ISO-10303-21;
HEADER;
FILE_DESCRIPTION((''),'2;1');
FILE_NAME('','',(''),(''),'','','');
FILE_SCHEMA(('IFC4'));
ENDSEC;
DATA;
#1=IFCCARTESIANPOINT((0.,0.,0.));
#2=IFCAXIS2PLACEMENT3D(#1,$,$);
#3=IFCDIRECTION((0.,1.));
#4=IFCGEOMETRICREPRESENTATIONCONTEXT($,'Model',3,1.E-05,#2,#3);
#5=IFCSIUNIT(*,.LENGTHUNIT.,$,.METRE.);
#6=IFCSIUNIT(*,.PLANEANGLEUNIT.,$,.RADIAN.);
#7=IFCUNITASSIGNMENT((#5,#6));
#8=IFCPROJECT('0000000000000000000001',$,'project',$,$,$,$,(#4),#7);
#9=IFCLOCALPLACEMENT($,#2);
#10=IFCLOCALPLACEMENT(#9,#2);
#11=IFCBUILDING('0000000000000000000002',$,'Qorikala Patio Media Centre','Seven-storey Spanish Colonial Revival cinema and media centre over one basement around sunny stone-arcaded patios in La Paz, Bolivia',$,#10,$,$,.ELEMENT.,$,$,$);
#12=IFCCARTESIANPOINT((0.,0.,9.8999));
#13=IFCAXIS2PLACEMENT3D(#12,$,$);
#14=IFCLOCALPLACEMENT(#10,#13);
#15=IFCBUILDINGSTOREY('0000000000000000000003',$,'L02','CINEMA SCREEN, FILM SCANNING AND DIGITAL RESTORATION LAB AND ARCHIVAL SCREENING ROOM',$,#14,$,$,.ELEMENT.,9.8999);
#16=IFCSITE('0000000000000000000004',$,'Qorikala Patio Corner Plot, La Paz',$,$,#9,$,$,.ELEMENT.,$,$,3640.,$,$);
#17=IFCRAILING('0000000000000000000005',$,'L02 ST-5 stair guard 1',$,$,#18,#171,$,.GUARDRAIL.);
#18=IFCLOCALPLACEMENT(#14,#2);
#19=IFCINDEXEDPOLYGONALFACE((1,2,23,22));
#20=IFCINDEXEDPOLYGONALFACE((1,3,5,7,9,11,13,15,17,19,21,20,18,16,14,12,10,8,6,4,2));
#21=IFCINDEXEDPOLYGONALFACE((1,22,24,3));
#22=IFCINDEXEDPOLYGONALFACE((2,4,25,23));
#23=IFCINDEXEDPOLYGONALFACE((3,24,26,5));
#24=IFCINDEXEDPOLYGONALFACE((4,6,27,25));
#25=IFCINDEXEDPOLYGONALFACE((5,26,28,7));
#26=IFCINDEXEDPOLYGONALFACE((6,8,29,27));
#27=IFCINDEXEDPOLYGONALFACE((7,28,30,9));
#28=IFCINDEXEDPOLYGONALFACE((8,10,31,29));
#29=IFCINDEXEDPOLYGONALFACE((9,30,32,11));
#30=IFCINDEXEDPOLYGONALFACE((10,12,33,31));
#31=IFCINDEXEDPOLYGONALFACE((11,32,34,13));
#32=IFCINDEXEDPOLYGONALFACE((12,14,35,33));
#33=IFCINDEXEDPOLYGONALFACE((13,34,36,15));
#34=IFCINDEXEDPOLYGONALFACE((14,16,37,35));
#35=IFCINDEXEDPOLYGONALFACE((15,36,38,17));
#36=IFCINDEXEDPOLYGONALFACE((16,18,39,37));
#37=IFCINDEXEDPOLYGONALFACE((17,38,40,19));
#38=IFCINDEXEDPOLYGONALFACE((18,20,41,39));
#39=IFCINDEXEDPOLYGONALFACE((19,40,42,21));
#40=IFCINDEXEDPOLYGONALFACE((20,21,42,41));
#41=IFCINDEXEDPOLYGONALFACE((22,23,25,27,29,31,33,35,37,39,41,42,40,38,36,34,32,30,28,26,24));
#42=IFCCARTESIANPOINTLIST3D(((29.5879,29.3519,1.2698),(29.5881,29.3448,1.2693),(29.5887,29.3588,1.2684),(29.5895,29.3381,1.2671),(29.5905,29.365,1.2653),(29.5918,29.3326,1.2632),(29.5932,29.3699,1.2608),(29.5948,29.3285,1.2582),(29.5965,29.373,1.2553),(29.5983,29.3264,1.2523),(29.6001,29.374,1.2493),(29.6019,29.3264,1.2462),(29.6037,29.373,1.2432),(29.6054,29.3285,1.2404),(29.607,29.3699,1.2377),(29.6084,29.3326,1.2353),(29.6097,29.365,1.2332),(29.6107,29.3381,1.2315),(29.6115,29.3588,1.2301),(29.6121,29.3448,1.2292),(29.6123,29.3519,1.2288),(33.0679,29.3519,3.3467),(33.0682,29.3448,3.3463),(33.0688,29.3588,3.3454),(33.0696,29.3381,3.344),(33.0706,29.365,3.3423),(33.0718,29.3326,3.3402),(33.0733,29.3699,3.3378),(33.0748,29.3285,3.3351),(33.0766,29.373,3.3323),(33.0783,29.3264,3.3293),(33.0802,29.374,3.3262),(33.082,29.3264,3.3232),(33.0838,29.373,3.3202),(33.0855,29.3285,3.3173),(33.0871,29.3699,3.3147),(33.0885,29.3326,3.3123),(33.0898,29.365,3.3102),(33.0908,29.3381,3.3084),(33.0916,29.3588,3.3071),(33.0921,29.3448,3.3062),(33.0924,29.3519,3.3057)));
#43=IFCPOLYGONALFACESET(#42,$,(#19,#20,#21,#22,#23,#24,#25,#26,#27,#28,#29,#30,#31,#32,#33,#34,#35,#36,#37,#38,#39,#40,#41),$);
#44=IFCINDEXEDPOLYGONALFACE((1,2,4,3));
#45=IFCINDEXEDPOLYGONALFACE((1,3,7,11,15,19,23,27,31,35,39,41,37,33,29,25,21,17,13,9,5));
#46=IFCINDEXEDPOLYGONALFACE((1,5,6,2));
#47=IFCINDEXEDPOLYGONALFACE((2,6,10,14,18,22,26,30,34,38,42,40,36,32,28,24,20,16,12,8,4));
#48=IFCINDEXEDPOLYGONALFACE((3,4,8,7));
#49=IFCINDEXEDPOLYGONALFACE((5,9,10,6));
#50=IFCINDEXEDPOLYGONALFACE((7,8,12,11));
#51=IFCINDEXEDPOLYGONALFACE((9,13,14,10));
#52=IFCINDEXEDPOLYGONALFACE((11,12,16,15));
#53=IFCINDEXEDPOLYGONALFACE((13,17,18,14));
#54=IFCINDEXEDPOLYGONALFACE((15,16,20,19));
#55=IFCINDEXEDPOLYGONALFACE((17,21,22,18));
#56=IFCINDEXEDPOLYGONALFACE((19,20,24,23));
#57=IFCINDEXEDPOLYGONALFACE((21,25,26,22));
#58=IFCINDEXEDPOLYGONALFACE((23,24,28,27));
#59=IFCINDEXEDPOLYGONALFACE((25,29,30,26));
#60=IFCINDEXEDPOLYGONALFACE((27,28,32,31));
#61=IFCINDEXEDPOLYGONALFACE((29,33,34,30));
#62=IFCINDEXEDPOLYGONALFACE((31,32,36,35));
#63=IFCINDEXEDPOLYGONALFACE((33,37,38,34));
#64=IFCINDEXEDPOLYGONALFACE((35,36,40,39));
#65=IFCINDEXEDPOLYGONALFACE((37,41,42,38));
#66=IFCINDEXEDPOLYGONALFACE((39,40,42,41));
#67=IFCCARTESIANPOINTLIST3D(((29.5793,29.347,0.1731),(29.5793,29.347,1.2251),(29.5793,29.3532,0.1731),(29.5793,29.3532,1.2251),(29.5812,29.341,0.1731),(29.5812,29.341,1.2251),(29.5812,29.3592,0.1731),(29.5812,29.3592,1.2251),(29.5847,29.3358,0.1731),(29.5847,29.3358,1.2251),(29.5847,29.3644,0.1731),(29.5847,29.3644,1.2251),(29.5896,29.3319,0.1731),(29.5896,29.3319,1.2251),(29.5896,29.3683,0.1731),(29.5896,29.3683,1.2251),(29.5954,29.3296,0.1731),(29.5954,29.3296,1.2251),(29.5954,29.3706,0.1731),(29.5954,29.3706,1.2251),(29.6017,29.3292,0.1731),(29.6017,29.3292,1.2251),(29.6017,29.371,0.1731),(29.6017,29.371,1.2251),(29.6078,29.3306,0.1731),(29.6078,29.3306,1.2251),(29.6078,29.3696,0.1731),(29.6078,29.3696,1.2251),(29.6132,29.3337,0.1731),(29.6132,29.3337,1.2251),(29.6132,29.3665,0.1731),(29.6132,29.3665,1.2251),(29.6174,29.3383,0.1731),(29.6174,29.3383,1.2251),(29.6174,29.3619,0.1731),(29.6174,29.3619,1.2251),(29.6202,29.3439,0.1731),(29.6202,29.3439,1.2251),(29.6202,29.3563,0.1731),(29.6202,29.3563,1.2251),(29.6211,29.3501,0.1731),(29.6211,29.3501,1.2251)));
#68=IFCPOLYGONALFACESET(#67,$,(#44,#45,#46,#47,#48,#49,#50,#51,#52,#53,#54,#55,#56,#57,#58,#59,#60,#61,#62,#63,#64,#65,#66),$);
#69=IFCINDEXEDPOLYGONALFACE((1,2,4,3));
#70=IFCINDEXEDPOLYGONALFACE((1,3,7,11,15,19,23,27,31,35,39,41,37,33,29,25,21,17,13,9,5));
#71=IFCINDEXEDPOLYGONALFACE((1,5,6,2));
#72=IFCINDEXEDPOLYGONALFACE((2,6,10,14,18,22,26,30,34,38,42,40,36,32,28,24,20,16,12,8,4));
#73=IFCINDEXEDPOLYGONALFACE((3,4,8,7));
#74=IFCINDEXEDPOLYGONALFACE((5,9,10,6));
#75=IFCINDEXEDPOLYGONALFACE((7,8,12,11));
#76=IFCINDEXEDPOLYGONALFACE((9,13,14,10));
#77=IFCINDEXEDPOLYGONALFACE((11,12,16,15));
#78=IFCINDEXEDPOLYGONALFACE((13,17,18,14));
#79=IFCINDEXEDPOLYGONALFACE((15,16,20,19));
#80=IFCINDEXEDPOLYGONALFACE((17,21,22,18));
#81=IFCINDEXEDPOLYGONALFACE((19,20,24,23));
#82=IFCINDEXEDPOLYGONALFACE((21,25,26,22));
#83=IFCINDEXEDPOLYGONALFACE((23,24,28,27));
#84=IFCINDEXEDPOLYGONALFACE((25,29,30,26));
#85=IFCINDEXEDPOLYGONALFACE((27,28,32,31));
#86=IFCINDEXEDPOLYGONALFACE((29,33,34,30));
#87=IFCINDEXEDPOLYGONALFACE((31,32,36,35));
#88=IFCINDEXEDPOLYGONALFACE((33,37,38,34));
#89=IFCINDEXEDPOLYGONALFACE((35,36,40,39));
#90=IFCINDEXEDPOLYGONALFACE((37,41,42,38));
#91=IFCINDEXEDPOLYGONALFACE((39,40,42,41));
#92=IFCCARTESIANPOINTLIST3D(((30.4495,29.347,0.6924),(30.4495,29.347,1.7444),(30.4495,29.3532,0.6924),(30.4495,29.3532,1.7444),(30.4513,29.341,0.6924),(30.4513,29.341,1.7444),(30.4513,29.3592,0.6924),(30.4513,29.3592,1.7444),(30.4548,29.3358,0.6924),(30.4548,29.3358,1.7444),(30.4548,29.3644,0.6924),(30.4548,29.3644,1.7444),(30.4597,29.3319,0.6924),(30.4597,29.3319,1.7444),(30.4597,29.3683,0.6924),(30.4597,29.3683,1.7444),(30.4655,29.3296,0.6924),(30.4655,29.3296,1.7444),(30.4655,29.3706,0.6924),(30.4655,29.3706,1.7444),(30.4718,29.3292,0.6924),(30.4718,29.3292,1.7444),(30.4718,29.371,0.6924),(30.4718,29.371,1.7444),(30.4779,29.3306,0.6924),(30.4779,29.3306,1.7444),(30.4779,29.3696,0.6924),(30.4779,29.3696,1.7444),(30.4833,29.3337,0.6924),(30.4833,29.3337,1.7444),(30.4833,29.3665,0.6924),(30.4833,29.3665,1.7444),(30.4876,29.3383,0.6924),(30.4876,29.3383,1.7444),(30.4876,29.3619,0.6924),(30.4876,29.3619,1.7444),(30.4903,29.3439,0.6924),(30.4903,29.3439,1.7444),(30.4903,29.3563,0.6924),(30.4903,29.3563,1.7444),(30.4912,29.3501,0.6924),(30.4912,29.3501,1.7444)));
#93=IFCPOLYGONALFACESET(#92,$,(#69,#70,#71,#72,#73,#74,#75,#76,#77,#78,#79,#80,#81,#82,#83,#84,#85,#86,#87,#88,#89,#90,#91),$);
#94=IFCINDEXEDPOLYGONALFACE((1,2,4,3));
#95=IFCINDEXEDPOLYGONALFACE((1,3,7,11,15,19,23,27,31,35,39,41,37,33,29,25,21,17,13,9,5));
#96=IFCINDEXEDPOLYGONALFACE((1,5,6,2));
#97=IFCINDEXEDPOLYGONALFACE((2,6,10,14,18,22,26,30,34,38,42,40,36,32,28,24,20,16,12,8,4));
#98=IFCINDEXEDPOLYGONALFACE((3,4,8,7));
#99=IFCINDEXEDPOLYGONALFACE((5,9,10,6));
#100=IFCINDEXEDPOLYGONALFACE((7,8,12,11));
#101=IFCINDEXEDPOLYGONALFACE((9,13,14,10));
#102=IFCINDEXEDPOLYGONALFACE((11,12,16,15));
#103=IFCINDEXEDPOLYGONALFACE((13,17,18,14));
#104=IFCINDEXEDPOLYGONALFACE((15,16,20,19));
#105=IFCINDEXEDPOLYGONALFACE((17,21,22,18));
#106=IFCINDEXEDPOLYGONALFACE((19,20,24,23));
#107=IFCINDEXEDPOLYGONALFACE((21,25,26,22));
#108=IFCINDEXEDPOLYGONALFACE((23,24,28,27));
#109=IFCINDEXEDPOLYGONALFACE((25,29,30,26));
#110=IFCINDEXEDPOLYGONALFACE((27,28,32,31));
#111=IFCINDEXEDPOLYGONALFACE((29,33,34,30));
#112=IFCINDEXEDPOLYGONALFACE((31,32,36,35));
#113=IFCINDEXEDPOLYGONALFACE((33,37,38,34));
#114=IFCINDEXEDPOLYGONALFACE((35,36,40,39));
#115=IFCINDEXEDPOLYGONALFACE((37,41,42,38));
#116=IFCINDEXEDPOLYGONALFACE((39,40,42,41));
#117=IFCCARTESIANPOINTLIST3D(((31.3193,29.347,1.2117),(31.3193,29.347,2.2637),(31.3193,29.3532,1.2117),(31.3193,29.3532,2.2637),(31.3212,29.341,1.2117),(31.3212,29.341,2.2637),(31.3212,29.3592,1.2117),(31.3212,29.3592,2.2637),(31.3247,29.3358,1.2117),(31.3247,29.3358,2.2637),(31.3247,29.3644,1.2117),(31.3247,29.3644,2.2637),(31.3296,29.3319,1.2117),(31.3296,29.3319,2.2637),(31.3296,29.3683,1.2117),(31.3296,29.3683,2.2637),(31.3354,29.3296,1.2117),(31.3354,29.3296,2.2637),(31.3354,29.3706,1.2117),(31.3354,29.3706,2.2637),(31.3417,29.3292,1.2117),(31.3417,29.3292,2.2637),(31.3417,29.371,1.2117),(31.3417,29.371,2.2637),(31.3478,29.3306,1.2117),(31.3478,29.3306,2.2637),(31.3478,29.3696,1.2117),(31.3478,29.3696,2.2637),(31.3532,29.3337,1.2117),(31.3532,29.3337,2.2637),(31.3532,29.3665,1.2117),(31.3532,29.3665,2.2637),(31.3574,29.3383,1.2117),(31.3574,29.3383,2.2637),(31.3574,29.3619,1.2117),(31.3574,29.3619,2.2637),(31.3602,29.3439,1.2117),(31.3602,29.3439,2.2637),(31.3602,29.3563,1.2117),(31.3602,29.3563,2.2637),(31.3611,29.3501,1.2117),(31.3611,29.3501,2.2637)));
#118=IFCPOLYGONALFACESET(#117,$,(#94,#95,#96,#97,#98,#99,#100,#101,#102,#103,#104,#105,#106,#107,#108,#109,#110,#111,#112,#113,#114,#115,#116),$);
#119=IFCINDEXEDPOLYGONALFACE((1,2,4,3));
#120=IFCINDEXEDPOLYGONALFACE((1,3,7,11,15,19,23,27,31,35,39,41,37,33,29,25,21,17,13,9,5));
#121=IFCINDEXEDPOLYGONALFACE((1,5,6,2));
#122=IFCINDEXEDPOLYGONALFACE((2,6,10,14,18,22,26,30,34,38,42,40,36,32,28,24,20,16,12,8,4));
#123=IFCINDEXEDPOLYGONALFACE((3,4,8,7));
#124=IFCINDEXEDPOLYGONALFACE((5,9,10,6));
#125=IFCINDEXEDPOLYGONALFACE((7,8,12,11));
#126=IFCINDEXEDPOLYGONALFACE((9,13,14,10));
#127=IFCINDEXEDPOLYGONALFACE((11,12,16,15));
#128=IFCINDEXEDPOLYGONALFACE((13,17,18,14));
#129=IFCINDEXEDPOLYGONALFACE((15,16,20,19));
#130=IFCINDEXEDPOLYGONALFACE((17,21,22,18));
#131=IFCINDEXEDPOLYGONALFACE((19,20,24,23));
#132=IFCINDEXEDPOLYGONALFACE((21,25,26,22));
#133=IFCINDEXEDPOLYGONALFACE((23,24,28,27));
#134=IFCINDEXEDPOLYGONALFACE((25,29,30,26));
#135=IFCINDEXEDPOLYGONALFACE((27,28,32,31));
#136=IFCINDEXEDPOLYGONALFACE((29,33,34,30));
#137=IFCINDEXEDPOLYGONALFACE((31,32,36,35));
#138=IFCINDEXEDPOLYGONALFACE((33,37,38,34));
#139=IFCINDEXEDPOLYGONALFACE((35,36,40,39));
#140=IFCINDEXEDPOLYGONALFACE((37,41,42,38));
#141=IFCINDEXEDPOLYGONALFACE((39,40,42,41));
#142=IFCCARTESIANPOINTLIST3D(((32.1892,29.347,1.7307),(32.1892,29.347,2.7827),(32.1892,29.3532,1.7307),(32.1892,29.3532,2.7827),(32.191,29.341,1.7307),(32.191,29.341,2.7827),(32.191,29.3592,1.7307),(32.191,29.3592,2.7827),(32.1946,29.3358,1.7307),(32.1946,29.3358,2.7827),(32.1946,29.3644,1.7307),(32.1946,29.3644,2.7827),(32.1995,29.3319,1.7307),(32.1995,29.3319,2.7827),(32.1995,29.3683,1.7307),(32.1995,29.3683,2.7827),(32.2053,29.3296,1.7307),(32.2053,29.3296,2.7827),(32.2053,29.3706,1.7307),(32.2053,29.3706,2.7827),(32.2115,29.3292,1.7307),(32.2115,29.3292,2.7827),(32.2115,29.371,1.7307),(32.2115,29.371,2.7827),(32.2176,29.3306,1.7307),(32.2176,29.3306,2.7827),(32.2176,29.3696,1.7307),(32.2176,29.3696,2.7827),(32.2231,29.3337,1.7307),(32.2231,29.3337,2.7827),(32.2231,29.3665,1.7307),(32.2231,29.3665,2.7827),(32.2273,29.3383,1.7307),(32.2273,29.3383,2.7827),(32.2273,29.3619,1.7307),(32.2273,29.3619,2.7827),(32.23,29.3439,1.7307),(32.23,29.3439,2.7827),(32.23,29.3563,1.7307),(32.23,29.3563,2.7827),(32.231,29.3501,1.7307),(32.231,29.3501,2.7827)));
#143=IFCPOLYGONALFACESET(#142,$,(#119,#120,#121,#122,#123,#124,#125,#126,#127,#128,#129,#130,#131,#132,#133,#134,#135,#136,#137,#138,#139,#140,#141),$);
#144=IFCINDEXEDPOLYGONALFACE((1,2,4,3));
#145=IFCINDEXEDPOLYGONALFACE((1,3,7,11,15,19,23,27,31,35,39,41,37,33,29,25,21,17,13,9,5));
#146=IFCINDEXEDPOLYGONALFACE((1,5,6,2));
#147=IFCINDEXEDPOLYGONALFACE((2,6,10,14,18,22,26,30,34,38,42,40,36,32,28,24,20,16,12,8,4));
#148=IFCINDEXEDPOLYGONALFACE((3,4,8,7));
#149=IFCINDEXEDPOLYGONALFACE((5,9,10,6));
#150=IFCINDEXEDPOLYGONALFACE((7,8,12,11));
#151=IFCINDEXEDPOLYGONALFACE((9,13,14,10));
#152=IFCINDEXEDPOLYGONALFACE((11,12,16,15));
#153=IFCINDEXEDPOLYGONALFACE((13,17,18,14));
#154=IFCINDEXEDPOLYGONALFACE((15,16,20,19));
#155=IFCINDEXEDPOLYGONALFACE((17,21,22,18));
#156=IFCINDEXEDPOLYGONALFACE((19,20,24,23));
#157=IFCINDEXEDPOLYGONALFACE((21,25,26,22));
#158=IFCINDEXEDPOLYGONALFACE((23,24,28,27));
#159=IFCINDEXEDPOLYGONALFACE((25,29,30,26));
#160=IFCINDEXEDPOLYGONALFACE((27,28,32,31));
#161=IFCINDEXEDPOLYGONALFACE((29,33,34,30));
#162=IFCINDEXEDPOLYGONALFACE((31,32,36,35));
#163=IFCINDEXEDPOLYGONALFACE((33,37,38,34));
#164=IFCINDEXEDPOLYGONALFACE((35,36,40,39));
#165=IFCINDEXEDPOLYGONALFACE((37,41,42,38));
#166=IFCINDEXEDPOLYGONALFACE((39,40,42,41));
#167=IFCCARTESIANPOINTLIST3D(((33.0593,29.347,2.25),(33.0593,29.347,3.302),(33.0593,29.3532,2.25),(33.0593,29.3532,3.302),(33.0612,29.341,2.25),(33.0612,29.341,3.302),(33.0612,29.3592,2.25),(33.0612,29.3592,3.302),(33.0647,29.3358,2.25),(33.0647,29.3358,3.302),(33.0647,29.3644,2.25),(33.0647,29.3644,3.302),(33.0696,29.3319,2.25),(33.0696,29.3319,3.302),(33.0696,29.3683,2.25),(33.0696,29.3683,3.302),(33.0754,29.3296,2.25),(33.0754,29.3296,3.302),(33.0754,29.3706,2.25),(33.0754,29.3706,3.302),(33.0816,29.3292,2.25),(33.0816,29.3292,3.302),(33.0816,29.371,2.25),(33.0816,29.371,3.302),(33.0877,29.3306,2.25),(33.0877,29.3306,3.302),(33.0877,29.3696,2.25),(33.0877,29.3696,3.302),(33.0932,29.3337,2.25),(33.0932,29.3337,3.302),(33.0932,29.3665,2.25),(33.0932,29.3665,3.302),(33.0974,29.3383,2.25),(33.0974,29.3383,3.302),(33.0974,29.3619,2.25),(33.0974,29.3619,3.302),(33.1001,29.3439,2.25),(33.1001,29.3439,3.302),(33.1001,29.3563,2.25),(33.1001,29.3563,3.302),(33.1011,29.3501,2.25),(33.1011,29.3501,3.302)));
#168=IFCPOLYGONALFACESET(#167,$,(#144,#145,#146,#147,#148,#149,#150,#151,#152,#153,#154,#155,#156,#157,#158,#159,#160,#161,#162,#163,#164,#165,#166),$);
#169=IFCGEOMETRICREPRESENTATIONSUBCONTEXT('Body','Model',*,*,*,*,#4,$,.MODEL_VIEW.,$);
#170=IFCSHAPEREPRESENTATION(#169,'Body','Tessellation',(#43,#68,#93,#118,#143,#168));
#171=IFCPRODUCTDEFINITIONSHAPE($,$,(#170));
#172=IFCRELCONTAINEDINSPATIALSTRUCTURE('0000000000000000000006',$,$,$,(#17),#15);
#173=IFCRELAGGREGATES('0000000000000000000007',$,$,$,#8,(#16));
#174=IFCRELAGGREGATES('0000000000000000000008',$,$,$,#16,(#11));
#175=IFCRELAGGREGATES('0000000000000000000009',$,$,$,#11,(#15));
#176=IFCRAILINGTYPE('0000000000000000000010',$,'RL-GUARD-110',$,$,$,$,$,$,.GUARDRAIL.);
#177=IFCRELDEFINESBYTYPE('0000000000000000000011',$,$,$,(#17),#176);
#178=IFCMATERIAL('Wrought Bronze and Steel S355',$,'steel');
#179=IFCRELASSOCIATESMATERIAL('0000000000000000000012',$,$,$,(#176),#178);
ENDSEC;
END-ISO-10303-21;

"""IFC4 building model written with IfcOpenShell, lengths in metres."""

from ifc_helpers import new_model, si_unit, direction, frame, origin, origin_2d, place, context, subcontext, project, spatial, circle, extrude, material, type_object, element, save


model = new_model("IFC4")

# Units and contexts
model_context = context("Model", 3, precision=1e-05, world=origin(), true_north=direction((0.0, 1.0)))
body_context = subcontext(model_context, "Body", "Model", "MODEL_VIEW")
ifc_project = project(units=[si_unit("LENGTHUNIT", "METRE"), si_unit("PLANEANGLEUNIT", "RADIAN")], contexts=[model_context])

# Site, building, storey
site_placement = place(None, origin())
site = spatial("IfcSite", under=ifc_project, at=site_placement, Name="Qorikala Patio Corner Plot, La Paz", CompositionType="ELEMENT", RefElevation=3640.0)
building_placement = place(site_placement, origin())
building = spatial("IfcBuilding", under=site, at=building_placement, Name="Qorikala Patio Media Centre", Description="Seven-storey Spanish Colonial Revival cinema and media centre over one basement around sunny stone-arcaded patios in La Paz, Bolivia", CompositionType="ELEMENT")
storey_placement = place(building_placement, frame((0.0, 0.0, 9.8999)))
storey = spatial("IfcBuildingStorey", under=building, at=storey_placement, Name="L02", Description="CINEMA SCREEN, FILM SCANNING AND DIGITAL RESTORATION LAB AND ARCHIVAL SCREENING ROOM", CompositionType="ELEMENT", Elevation=9.8999)

# Railing
ifc_material_1 = material(Name="Wrought Bronze and Steel S355", Category="steel")
railing_type_1 = type_object("IfcRailingType", Name="RL-GUARD-110", PredefinedType="GUARDRAIL", material=ifc_material_1)
railing_1_placement = place(storey_placement, frame((29.6001, 29.3501, 0.1731)))
element("IfcRailing", 1, at=railing_1_placement, inside=storey, type_object=railing_type_1, Name="L02 ST-5 stair guard 1", PredefinedType="GUARDRAIL", context=body_context, shape_type="SweptSolid", body=[
    extrude(circle(Radius=0.0239, at=origin_2d()), frame((0.0, 0.0, 1.0762), z_axis=(0.858697, 0.0, 0.512483), x_axis=(0.0, 1.0, 0.0)), (0.0, 0.0, 1.0), 4.0527),
    extrude(circle(Radius=0.021, at=origin_2d()), origin(), (0.0, 0.0, 1.0), 1.052),
    extrude(circle(Radius=0.021, at=origin_2d()), frame((0.8701, 0.0, 0.5193)), (0.0, 0.0, 1.0), 1.052),
    extrude(circle(Radius=0.021, at=origin_2d()), frame((1.74, 0.0, 1.0386)), (0.0, 0.0, 1.0), 1.052),
    extrude(circle(Radius=0.021, at=origin_2d()), frame((2.6099, 0.0, 1.5576)), (0.0, 0.0, 1.0), 1.052),
    extrude(circle(Radius=0.021, at=origin_2d()), frame((3.48, 0.0, 2.0769)), (0.0, 0.0, 1.0), 1.052),
])

save(model, "model.ifc")
